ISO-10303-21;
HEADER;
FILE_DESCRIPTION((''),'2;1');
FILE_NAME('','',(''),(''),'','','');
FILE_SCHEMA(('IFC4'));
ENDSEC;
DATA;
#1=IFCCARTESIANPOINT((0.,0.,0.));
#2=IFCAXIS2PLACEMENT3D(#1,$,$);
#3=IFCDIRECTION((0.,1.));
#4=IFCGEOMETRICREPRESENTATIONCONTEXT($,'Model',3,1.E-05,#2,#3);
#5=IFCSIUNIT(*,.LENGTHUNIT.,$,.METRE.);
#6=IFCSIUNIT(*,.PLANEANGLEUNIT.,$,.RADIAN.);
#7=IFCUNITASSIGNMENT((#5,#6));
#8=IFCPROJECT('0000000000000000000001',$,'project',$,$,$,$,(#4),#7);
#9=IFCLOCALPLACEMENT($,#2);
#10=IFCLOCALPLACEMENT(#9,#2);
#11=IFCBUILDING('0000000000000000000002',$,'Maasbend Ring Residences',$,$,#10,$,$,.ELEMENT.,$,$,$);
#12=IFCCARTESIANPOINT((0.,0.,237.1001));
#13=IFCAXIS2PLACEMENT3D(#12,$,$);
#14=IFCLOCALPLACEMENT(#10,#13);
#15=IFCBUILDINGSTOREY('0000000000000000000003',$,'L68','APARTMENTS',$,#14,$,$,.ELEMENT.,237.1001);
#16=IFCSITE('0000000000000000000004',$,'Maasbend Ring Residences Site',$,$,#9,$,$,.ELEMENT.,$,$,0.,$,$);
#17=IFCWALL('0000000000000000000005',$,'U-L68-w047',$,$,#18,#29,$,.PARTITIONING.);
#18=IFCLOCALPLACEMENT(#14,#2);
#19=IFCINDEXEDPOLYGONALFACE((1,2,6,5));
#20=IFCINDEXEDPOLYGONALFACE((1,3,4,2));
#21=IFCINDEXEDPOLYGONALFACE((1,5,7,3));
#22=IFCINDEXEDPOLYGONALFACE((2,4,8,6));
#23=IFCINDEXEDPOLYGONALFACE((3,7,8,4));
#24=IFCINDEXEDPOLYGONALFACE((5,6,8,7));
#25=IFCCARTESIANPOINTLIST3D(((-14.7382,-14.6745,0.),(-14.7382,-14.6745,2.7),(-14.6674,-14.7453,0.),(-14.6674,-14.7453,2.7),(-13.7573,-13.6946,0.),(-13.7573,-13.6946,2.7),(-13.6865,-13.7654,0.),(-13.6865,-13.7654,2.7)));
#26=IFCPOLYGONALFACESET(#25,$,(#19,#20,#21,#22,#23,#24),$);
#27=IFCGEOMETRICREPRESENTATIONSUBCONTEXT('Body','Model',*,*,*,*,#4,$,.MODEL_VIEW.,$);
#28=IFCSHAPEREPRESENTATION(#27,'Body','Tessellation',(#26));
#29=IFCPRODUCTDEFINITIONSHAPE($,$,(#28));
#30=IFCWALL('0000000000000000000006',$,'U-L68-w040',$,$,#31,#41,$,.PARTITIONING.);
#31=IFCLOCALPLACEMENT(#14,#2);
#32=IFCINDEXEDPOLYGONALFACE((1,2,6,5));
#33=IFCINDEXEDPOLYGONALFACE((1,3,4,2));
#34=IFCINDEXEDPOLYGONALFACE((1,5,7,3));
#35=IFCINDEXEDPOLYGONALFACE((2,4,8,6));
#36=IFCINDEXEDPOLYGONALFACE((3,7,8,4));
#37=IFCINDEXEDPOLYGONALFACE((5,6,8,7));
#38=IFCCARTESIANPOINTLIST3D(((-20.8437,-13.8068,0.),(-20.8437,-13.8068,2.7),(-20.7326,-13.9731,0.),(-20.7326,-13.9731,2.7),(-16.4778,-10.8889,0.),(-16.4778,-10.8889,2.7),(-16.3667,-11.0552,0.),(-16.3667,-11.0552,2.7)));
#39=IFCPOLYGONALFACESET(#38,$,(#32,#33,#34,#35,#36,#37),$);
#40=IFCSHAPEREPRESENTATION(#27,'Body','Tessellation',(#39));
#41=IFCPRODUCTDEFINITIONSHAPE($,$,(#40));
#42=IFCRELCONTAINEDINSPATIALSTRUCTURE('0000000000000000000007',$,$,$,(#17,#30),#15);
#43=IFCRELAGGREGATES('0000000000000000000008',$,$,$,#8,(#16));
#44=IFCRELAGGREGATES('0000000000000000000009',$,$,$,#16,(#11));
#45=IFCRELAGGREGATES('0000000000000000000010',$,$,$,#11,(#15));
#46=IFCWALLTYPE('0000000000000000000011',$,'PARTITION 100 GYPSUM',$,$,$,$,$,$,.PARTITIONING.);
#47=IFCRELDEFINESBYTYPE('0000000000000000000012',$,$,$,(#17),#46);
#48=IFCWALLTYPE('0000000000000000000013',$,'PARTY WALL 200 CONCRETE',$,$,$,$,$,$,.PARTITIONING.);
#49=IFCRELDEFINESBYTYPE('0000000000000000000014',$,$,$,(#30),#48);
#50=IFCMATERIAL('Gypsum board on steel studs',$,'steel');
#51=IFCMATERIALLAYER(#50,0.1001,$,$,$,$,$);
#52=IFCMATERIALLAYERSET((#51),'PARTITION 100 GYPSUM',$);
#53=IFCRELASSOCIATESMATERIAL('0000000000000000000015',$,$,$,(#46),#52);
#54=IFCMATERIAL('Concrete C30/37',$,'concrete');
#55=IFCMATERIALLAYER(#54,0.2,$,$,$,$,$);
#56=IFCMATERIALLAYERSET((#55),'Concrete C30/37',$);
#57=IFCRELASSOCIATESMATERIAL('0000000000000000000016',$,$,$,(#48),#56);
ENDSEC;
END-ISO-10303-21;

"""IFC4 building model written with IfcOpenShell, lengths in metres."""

from ifc_helpers import new_model, si_unit, direction, frame, frame_2d, origin, place, context, subcontext, project, spatial, rectangle, extrude, material, layer, layer_set, type_object, element, save


model = new_model("IFC4")

# Units and contexts
model_context = context("Model", 3, precision=1e-05, world=origin(), true_north=direction((0.0, 1.0)))
body_context = subcontext(model_context, "Body", "Model", "MODEL_VIEW")
ifc_project = project(units=[si_unit("LENGTHUNIT", "METRE"), si_unit("PLANEANGLEUNIT", "RADIAN")], contexts=[model_context])

# Site, building, storey
site_placement = place(None, origin())
site = spatial("IfcSite", under=ifc_project, at=site_placement, Name="Maasbend Ring Residences Site", CompositionType="ELEMENT", RefElevation=0.0)
building_placement = place(site_placement, origin())
building = spatial("IfcBuilding", under=site, at=building_placement, Name="Maasbend Ring Residences", CompositionType="ELEMENT")
storey_placement = place(building_placement, frame((0.0, 0.0, 237.1001)))
storey = spatial("IfcBuildingStorey", under=building, at=storey_placement, Name="L68", Description="APARTMENTS", CompositionType="ELEMENT", Elevation=237.1001)

# Shared definitions
ifc_material_1 = material(Name="Gypsum board on steel studs", Category="steel")
ifc_layer_1 = layer(ifc_material_1, 0.1001)
ifc_layer_set_1 = layer_set([ifc_layer_1], Name="PARTITION 100 GYPSUM")
wall_type_1 = type_object("IfcWallType", Name="PARTITION 100 GYPSUM", PredefinedType="PARTITIONING", material=ifc_layer_set_1)

# Walls
wall_1_placement = place(storey_placement, frame((-14.7029, -14.71, 0.0), z_axis=(0.0, 0.0, 1.0), x_axis=(0.707459, 0.706755, 0.0)))
element("IfcWall", 1, at=wall_1_placement, inside=storey, type_object=wall_type_1, Name="U-L68-w047", PredefinedType="PARTITIONING", context=body_context, shape_type="SweptSolid", body=[
    extrude(rectangle(XDim=1.3865, YDim=0.1001, at=frame_2d((0.6934, 0.0))), origin(), (0.0, 0.0, 1.0), 2.7),
])
ifc_material_2 = material(Name="Concrete C30/37", Category="concrete")
ifc_layer_2 = layer(ifc_material_2, 0.2)
ifc_layer_set_2 = layer_set([ifc_layer_2], Name="Concrete C30/37")
wall_type_2 = type_object("IfcWallType", Name="PARTY WALL 200 CONCRETE", PredefinedType="PARTITIONING", material=ifc_layer_set_2)
wall_2_placement = place(storey_placement, frame((-20.7881, -13.8899, 0.0), z_axis=(0.0, 0.0, 1.0), x_axis=(0.831406, 0.555665, 0.0)))
element("IfcWall", 2, at=wall_2_placement, inside=storey, type_object=wall_type_2, Name="U-L68-w040", PredefinedType="PARTITIONING", context=body_context, shape_type="SweptSolid", body=[
    extrude(rectangle(XDim=5.2512, YDim=0.2, at=frame_2d((2.6255, 0.0))), origin(), (0.0, 0.0, 1.0), 2.7),
])

save(model, "model.ifc")
